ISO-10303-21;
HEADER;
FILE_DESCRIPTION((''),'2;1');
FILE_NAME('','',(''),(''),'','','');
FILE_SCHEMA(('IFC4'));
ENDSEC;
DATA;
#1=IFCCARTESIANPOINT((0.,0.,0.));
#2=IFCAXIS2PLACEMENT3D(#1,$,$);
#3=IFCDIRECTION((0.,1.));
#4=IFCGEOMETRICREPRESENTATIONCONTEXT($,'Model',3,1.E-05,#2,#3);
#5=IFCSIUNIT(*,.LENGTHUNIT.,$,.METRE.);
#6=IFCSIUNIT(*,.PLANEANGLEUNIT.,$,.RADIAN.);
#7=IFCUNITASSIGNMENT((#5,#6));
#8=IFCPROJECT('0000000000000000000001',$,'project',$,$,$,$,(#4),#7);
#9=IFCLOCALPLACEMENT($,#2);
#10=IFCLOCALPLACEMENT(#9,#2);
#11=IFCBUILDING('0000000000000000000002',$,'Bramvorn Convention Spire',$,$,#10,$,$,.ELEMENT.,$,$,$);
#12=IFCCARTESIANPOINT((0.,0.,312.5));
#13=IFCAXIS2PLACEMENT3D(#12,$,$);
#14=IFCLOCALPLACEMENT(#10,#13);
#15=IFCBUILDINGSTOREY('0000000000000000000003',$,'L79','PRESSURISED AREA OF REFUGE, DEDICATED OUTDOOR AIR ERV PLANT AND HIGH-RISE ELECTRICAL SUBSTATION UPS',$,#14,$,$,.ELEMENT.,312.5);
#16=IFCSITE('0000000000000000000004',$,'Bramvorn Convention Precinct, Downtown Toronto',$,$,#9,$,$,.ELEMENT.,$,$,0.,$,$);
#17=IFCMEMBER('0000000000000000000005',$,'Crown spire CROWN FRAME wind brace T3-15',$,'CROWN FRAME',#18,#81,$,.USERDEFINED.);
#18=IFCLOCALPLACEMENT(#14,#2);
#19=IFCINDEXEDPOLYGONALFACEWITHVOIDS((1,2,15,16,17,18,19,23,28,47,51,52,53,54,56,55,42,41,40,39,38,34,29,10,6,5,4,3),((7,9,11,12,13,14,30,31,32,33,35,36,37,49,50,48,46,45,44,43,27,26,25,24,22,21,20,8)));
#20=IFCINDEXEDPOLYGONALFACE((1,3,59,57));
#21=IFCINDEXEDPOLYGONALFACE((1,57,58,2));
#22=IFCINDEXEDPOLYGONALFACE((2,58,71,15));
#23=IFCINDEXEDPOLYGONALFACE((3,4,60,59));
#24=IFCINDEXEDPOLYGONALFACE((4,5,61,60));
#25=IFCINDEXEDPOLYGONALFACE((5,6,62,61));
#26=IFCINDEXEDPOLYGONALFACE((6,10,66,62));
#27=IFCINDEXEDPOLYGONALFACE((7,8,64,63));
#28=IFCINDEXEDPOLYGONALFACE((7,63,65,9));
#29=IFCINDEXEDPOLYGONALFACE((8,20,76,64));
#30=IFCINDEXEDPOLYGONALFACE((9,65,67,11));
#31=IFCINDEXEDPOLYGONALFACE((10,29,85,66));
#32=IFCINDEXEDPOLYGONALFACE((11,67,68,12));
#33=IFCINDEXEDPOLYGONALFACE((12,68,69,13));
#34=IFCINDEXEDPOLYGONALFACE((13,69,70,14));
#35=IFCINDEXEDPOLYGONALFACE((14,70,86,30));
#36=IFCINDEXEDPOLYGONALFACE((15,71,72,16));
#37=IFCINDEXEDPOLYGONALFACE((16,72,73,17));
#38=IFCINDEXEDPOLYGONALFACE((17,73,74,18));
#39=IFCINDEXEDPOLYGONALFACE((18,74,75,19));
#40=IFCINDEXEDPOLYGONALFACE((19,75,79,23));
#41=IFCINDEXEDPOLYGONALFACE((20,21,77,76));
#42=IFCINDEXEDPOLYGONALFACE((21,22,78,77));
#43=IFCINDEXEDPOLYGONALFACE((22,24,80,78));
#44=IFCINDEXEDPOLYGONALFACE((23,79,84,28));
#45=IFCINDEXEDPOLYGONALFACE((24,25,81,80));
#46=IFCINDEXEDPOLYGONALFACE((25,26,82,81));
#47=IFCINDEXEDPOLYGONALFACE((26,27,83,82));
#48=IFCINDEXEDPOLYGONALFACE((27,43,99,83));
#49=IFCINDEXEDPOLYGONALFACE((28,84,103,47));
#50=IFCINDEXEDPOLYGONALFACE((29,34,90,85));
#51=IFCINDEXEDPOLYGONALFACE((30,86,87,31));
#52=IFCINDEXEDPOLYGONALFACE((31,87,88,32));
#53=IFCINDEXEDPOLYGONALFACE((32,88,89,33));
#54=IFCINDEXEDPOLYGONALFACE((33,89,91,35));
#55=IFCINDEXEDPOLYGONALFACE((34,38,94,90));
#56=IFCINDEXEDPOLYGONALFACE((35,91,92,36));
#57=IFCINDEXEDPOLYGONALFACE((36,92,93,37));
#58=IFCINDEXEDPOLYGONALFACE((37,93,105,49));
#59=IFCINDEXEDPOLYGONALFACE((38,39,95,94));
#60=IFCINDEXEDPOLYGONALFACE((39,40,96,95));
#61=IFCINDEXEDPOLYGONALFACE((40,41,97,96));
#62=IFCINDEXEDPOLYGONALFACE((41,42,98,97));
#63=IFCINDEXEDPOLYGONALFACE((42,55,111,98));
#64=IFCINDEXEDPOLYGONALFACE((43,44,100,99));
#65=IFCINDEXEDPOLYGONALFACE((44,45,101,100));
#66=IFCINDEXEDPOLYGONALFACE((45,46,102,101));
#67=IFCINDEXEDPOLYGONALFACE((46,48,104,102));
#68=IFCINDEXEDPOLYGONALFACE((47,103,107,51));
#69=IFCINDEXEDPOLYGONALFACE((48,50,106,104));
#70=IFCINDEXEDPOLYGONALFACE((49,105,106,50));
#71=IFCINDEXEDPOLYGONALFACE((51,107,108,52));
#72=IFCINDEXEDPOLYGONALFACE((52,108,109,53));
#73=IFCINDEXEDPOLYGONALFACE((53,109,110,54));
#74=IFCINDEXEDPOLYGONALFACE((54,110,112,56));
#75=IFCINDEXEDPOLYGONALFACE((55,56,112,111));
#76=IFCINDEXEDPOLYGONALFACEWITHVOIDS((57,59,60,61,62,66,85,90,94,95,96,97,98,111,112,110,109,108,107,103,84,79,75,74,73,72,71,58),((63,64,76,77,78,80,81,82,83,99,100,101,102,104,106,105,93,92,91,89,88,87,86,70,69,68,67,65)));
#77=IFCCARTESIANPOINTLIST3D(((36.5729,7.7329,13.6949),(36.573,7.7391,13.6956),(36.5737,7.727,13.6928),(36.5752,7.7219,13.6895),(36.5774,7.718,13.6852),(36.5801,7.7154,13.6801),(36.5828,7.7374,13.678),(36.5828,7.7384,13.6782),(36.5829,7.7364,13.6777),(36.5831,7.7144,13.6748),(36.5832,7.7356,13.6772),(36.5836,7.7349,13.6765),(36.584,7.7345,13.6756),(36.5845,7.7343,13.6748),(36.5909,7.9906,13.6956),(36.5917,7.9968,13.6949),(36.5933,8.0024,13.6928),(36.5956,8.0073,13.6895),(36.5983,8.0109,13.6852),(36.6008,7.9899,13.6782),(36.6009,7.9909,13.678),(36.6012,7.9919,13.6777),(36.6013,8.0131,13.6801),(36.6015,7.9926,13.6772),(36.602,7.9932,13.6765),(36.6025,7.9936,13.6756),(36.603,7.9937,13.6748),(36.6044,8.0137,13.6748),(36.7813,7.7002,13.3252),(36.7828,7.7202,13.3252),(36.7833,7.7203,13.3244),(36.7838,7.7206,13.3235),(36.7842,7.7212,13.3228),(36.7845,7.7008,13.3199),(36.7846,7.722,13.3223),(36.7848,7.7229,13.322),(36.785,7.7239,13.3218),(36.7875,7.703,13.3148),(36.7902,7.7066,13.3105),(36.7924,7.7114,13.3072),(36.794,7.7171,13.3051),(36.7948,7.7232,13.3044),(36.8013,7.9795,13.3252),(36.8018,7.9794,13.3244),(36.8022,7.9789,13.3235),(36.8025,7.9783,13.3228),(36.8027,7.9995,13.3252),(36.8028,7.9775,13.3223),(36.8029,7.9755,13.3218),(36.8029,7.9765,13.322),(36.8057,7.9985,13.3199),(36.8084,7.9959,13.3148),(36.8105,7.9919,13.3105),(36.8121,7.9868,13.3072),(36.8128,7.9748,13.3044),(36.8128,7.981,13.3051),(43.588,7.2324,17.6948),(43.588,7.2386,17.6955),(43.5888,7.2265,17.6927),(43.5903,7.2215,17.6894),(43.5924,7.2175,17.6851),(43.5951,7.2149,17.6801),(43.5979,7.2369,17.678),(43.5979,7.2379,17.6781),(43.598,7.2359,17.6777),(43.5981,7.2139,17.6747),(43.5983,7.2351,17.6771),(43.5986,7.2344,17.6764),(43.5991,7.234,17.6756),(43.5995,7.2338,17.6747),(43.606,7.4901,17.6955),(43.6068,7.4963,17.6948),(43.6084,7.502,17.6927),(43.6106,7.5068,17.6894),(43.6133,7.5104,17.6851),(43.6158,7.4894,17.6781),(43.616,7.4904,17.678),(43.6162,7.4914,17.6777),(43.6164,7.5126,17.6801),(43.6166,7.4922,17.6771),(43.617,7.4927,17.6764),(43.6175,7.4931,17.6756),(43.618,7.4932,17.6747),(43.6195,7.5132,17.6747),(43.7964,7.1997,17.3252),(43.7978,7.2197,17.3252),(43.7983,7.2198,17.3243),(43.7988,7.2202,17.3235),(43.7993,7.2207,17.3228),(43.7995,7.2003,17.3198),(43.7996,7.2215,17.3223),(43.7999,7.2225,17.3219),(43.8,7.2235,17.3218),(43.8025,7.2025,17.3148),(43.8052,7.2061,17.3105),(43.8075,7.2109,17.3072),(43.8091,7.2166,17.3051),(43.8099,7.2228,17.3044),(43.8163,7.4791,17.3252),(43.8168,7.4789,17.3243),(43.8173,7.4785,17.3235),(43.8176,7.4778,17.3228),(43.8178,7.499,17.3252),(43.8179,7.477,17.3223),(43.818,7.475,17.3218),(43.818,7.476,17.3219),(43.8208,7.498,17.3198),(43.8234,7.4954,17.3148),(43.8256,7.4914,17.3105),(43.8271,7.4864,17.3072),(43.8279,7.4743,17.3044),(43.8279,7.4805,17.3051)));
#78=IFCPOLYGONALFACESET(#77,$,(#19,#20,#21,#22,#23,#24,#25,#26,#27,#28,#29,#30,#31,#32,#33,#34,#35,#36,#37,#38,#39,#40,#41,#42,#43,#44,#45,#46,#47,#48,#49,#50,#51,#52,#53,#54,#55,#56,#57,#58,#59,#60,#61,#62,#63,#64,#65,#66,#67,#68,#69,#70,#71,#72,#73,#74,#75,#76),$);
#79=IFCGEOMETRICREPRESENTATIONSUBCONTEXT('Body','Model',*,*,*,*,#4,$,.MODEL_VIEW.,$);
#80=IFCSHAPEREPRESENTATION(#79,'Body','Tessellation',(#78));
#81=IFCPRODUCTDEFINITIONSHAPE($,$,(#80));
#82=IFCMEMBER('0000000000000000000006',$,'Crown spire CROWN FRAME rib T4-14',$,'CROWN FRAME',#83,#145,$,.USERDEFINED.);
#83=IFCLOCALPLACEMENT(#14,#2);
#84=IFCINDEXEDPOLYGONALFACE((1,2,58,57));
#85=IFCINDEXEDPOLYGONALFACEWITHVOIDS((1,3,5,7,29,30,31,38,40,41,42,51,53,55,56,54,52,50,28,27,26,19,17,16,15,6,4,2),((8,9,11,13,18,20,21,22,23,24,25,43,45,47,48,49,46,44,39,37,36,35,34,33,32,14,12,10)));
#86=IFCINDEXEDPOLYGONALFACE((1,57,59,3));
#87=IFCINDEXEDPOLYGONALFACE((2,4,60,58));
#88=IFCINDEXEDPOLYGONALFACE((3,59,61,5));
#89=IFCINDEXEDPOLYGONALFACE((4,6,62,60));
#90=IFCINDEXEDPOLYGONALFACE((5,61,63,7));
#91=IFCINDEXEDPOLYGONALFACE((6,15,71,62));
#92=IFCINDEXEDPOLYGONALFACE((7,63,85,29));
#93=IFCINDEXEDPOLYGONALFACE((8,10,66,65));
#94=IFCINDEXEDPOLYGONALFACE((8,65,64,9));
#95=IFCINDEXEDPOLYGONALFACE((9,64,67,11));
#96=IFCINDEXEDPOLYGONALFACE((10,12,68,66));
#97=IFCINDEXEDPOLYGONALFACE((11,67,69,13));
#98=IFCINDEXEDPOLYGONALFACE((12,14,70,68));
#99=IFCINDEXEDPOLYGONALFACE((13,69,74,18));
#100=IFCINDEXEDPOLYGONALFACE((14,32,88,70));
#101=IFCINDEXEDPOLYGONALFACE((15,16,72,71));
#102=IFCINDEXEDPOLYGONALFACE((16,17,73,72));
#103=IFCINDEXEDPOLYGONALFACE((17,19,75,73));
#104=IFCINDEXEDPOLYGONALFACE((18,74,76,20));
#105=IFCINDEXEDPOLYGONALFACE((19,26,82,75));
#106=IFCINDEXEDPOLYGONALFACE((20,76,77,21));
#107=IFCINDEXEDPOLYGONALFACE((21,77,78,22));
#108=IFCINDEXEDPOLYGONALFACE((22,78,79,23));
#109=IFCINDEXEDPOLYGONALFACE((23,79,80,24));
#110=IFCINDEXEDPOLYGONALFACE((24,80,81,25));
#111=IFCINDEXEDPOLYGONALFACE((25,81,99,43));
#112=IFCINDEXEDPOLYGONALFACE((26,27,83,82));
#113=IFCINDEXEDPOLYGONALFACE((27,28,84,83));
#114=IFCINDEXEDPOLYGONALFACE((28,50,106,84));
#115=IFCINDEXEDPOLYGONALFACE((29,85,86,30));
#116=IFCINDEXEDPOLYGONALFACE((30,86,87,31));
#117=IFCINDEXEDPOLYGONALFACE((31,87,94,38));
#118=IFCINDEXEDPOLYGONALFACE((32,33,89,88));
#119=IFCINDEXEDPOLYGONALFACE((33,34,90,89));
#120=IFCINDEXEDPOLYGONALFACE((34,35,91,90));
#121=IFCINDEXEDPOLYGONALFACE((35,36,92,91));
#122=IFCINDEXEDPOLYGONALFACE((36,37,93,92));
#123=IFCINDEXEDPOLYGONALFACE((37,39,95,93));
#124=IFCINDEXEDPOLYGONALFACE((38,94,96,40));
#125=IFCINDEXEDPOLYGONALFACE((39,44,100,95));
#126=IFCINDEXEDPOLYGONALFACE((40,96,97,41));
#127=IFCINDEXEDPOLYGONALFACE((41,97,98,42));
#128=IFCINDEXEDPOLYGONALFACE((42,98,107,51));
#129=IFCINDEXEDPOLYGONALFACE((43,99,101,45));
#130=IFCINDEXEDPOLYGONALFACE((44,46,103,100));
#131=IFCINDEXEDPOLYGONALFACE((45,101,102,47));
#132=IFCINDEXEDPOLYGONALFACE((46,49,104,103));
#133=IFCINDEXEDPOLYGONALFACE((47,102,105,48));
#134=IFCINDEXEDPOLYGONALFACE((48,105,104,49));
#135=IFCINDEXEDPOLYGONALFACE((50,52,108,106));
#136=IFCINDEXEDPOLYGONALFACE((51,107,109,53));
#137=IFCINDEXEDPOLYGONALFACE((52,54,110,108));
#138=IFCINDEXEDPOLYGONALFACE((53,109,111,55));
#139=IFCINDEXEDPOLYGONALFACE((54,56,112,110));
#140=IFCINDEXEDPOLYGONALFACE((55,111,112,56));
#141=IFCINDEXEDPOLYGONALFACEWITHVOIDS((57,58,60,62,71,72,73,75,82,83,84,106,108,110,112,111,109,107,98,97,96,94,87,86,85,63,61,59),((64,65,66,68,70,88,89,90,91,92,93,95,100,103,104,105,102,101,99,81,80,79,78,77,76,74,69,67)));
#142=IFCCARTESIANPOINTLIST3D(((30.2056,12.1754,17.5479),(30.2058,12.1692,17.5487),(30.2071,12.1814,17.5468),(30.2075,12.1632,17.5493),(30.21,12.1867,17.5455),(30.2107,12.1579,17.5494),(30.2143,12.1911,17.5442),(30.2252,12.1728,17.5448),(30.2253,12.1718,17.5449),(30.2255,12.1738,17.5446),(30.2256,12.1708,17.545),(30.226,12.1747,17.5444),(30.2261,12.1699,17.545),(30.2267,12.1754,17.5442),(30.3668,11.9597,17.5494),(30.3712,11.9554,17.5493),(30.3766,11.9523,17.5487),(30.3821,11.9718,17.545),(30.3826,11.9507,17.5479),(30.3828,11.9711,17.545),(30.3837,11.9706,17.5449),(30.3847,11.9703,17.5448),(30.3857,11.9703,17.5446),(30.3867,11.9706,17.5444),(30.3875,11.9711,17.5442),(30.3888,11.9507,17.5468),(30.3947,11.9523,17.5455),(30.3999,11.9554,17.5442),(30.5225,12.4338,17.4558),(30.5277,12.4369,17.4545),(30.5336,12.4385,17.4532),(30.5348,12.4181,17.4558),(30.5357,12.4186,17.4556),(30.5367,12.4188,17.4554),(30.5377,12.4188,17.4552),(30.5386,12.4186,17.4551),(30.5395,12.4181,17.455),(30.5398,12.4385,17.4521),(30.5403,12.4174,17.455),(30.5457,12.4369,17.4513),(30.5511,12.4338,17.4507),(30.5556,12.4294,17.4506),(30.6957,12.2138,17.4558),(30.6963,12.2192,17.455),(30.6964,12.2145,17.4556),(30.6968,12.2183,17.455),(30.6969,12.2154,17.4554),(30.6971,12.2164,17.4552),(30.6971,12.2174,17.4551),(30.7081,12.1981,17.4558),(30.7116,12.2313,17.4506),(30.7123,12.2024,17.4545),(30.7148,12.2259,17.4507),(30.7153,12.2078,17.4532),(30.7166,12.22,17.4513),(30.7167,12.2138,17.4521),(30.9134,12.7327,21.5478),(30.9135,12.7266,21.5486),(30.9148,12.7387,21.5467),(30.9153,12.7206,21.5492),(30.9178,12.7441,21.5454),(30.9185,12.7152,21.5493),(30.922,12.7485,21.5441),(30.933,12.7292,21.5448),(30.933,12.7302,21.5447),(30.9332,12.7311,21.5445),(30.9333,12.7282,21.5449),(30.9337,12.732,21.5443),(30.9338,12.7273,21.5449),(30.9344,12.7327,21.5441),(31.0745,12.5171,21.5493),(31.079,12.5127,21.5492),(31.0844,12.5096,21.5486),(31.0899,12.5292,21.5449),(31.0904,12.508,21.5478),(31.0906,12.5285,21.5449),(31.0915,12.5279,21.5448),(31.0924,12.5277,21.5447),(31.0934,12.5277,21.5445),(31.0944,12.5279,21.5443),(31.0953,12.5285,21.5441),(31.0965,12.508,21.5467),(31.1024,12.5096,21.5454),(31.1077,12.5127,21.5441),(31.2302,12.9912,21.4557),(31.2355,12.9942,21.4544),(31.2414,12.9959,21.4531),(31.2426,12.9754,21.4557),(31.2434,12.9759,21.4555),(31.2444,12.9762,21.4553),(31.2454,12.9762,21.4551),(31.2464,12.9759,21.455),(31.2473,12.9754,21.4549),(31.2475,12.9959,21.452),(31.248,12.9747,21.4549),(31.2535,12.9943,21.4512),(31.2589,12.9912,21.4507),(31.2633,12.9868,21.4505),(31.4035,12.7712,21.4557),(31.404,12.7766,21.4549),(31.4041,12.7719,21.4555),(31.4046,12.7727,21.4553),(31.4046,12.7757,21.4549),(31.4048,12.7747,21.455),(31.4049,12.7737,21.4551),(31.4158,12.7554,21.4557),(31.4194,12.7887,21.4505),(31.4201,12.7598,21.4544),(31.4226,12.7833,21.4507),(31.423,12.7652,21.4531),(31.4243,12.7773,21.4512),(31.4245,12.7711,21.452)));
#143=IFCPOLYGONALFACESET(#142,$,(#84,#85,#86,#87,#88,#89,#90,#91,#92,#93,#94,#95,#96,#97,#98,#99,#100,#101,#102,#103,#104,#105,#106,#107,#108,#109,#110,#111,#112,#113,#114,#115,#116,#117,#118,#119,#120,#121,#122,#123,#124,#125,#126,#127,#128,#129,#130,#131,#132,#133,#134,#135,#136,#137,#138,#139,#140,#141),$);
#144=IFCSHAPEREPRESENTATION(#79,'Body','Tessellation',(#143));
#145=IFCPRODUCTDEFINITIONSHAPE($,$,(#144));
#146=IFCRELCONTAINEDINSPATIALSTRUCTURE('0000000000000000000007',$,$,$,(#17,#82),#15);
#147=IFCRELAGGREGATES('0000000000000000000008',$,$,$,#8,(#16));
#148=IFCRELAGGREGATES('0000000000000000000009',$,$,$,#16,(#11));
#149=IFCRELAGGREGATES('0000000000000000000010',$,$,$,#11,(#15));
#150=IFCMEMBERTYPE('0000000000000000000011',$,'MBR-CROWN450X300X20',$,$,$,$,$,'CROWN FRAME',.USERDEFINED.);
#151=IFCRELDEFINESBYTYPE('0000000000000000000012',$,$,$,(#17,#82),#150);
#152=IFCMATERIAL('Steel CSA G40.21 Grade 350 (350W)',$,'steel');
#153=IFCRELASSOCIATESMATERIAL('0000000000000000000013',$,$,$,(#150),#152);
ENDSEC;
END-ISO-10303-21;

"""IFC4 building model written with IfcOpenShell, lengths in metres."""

from ifc_helpers import new_model, si_unit, direction, frame, origin, origin_2d, place, context, subcontext, project, spatial, hollow_rectangle, extrude, material, material_profile, profile_set, type_object, element, save


model = new_model("IFC4")

# Units and contexts
model_context = context("Model", 3, precision=1e-05, world=origin(), true_north=direction((0.0, 1.0)))
body_context = subcontext(model_context, "Body", "Model", "MODEL_VIEW")
ifc_project = project(units=[si_unit("LENGTHUNIT", "METRE"), si_unit("PLANEANGLEUNIT", "RADIAN")], contexts=[model_context])

# Site, building, storey
site_placement = place(None, origin())
site = spatial("IfcSite", under=ifc_project, at=site_placement, Name="Bramvorn Convention Precinct, Downtown Toronto", CompositionType="ELEMENT", RefElevation=0.0)
building_placement = place(site_placement, origin())
building = spatial("IfcBuilding", under=site, at=building_placement, Name="Bramvorn Convention Spire", CompositionType="ELEMENT")
storey_placement = place(building_placement, frame((0.0, 0.0, 312.5)))
storey = spatial("IfcBuildingStorey", under=building, at=storey_placement, Name="L79", Description="PRESSURISED AREA OF REFUGE, DEDICATED OUTDOOR AIR ERV PLANT AND HIGH-RISE ELECTRICAL SUBSTATION UPS", CompositionType="ELEMENT", Elevation=312.5)

# Shared definitions
ifc_material_1 = material(Name="Steel CSA G40.21 Grade 350 (350W)", Category="steel")

# Members
ifc_material_profile_1 = material_profile(ifc_material_1, hollow_rectangle(XDim=0.3, YDim=0.45, WallThickness=0.02, InnerFilletRadius=0.0039, OuterFilletRadius=0.0239, at=origin_2d()))
ifc_profile_set_1 = profile_set([ifc_material_profile_1], Name="Steel CSA G40.21 Grade 350 (350W) - CROWN450X300X20")
member_type = type_object("IfcMemberType", Name="MBR-CROWN450X300X20", ElementType="CROWN FRAME", PredefinedType="USERDEFINED", material=ifc_profile_set_1)
member_1_placement = place(storey_placement, frame((36.6929, 7.8569, 13.5), z_axis=(0.867041, -0.061858, 0.494383), x_axis=(0.071163, 0.997465, 0.0)))
element("IfcMember", 1, at=member_1_placement, inside=storey, type_object=member_type, Name="Crown spire CROWN FRAME wind brace T3-15", ObjectType="CROWN FRAME", PredefinedType="USERDEFINED", context=body_context, shape_type="SweptSolid", body=[
    extrude(hollow_rectangle(XDim=0.3, YDim=0.45, WallThickness=0.02, InnerFilletRadius=0.0039, OuterFilletRadius=0.0239, at=origin_2d()), origin(), (0.0, 0.0, 1.0), 8.0908),
])
member_2_placement = place(storey_placement, frame((30.4612, 12.1946, 17.5), z_axis=(0.172617, 0.135938, 0.975563), x_axis=(-0.618695, 0.785631, 0.0)))
element("IfcMember", 2, at=member_2_placement, inside=storey, type_object=member_type, Name="Crown spire CROWN FRAME rib T4-14", ObjectType="CROWN FRAME", PredefinedType="USERDEFINED", context=body_context, shape_type="SweptSolid", body=[
    extrude(hollow_rectangle(XDim=0.3, YDim=0.45, WallThickness=0.02, InnerFilletRadius=0.0039, OuterFilletRadius=0.0239, at=origin_2d()), origin(), (0.0, 0.0, 1.0), 4.1001),
])

save(model, "model.ifc")
